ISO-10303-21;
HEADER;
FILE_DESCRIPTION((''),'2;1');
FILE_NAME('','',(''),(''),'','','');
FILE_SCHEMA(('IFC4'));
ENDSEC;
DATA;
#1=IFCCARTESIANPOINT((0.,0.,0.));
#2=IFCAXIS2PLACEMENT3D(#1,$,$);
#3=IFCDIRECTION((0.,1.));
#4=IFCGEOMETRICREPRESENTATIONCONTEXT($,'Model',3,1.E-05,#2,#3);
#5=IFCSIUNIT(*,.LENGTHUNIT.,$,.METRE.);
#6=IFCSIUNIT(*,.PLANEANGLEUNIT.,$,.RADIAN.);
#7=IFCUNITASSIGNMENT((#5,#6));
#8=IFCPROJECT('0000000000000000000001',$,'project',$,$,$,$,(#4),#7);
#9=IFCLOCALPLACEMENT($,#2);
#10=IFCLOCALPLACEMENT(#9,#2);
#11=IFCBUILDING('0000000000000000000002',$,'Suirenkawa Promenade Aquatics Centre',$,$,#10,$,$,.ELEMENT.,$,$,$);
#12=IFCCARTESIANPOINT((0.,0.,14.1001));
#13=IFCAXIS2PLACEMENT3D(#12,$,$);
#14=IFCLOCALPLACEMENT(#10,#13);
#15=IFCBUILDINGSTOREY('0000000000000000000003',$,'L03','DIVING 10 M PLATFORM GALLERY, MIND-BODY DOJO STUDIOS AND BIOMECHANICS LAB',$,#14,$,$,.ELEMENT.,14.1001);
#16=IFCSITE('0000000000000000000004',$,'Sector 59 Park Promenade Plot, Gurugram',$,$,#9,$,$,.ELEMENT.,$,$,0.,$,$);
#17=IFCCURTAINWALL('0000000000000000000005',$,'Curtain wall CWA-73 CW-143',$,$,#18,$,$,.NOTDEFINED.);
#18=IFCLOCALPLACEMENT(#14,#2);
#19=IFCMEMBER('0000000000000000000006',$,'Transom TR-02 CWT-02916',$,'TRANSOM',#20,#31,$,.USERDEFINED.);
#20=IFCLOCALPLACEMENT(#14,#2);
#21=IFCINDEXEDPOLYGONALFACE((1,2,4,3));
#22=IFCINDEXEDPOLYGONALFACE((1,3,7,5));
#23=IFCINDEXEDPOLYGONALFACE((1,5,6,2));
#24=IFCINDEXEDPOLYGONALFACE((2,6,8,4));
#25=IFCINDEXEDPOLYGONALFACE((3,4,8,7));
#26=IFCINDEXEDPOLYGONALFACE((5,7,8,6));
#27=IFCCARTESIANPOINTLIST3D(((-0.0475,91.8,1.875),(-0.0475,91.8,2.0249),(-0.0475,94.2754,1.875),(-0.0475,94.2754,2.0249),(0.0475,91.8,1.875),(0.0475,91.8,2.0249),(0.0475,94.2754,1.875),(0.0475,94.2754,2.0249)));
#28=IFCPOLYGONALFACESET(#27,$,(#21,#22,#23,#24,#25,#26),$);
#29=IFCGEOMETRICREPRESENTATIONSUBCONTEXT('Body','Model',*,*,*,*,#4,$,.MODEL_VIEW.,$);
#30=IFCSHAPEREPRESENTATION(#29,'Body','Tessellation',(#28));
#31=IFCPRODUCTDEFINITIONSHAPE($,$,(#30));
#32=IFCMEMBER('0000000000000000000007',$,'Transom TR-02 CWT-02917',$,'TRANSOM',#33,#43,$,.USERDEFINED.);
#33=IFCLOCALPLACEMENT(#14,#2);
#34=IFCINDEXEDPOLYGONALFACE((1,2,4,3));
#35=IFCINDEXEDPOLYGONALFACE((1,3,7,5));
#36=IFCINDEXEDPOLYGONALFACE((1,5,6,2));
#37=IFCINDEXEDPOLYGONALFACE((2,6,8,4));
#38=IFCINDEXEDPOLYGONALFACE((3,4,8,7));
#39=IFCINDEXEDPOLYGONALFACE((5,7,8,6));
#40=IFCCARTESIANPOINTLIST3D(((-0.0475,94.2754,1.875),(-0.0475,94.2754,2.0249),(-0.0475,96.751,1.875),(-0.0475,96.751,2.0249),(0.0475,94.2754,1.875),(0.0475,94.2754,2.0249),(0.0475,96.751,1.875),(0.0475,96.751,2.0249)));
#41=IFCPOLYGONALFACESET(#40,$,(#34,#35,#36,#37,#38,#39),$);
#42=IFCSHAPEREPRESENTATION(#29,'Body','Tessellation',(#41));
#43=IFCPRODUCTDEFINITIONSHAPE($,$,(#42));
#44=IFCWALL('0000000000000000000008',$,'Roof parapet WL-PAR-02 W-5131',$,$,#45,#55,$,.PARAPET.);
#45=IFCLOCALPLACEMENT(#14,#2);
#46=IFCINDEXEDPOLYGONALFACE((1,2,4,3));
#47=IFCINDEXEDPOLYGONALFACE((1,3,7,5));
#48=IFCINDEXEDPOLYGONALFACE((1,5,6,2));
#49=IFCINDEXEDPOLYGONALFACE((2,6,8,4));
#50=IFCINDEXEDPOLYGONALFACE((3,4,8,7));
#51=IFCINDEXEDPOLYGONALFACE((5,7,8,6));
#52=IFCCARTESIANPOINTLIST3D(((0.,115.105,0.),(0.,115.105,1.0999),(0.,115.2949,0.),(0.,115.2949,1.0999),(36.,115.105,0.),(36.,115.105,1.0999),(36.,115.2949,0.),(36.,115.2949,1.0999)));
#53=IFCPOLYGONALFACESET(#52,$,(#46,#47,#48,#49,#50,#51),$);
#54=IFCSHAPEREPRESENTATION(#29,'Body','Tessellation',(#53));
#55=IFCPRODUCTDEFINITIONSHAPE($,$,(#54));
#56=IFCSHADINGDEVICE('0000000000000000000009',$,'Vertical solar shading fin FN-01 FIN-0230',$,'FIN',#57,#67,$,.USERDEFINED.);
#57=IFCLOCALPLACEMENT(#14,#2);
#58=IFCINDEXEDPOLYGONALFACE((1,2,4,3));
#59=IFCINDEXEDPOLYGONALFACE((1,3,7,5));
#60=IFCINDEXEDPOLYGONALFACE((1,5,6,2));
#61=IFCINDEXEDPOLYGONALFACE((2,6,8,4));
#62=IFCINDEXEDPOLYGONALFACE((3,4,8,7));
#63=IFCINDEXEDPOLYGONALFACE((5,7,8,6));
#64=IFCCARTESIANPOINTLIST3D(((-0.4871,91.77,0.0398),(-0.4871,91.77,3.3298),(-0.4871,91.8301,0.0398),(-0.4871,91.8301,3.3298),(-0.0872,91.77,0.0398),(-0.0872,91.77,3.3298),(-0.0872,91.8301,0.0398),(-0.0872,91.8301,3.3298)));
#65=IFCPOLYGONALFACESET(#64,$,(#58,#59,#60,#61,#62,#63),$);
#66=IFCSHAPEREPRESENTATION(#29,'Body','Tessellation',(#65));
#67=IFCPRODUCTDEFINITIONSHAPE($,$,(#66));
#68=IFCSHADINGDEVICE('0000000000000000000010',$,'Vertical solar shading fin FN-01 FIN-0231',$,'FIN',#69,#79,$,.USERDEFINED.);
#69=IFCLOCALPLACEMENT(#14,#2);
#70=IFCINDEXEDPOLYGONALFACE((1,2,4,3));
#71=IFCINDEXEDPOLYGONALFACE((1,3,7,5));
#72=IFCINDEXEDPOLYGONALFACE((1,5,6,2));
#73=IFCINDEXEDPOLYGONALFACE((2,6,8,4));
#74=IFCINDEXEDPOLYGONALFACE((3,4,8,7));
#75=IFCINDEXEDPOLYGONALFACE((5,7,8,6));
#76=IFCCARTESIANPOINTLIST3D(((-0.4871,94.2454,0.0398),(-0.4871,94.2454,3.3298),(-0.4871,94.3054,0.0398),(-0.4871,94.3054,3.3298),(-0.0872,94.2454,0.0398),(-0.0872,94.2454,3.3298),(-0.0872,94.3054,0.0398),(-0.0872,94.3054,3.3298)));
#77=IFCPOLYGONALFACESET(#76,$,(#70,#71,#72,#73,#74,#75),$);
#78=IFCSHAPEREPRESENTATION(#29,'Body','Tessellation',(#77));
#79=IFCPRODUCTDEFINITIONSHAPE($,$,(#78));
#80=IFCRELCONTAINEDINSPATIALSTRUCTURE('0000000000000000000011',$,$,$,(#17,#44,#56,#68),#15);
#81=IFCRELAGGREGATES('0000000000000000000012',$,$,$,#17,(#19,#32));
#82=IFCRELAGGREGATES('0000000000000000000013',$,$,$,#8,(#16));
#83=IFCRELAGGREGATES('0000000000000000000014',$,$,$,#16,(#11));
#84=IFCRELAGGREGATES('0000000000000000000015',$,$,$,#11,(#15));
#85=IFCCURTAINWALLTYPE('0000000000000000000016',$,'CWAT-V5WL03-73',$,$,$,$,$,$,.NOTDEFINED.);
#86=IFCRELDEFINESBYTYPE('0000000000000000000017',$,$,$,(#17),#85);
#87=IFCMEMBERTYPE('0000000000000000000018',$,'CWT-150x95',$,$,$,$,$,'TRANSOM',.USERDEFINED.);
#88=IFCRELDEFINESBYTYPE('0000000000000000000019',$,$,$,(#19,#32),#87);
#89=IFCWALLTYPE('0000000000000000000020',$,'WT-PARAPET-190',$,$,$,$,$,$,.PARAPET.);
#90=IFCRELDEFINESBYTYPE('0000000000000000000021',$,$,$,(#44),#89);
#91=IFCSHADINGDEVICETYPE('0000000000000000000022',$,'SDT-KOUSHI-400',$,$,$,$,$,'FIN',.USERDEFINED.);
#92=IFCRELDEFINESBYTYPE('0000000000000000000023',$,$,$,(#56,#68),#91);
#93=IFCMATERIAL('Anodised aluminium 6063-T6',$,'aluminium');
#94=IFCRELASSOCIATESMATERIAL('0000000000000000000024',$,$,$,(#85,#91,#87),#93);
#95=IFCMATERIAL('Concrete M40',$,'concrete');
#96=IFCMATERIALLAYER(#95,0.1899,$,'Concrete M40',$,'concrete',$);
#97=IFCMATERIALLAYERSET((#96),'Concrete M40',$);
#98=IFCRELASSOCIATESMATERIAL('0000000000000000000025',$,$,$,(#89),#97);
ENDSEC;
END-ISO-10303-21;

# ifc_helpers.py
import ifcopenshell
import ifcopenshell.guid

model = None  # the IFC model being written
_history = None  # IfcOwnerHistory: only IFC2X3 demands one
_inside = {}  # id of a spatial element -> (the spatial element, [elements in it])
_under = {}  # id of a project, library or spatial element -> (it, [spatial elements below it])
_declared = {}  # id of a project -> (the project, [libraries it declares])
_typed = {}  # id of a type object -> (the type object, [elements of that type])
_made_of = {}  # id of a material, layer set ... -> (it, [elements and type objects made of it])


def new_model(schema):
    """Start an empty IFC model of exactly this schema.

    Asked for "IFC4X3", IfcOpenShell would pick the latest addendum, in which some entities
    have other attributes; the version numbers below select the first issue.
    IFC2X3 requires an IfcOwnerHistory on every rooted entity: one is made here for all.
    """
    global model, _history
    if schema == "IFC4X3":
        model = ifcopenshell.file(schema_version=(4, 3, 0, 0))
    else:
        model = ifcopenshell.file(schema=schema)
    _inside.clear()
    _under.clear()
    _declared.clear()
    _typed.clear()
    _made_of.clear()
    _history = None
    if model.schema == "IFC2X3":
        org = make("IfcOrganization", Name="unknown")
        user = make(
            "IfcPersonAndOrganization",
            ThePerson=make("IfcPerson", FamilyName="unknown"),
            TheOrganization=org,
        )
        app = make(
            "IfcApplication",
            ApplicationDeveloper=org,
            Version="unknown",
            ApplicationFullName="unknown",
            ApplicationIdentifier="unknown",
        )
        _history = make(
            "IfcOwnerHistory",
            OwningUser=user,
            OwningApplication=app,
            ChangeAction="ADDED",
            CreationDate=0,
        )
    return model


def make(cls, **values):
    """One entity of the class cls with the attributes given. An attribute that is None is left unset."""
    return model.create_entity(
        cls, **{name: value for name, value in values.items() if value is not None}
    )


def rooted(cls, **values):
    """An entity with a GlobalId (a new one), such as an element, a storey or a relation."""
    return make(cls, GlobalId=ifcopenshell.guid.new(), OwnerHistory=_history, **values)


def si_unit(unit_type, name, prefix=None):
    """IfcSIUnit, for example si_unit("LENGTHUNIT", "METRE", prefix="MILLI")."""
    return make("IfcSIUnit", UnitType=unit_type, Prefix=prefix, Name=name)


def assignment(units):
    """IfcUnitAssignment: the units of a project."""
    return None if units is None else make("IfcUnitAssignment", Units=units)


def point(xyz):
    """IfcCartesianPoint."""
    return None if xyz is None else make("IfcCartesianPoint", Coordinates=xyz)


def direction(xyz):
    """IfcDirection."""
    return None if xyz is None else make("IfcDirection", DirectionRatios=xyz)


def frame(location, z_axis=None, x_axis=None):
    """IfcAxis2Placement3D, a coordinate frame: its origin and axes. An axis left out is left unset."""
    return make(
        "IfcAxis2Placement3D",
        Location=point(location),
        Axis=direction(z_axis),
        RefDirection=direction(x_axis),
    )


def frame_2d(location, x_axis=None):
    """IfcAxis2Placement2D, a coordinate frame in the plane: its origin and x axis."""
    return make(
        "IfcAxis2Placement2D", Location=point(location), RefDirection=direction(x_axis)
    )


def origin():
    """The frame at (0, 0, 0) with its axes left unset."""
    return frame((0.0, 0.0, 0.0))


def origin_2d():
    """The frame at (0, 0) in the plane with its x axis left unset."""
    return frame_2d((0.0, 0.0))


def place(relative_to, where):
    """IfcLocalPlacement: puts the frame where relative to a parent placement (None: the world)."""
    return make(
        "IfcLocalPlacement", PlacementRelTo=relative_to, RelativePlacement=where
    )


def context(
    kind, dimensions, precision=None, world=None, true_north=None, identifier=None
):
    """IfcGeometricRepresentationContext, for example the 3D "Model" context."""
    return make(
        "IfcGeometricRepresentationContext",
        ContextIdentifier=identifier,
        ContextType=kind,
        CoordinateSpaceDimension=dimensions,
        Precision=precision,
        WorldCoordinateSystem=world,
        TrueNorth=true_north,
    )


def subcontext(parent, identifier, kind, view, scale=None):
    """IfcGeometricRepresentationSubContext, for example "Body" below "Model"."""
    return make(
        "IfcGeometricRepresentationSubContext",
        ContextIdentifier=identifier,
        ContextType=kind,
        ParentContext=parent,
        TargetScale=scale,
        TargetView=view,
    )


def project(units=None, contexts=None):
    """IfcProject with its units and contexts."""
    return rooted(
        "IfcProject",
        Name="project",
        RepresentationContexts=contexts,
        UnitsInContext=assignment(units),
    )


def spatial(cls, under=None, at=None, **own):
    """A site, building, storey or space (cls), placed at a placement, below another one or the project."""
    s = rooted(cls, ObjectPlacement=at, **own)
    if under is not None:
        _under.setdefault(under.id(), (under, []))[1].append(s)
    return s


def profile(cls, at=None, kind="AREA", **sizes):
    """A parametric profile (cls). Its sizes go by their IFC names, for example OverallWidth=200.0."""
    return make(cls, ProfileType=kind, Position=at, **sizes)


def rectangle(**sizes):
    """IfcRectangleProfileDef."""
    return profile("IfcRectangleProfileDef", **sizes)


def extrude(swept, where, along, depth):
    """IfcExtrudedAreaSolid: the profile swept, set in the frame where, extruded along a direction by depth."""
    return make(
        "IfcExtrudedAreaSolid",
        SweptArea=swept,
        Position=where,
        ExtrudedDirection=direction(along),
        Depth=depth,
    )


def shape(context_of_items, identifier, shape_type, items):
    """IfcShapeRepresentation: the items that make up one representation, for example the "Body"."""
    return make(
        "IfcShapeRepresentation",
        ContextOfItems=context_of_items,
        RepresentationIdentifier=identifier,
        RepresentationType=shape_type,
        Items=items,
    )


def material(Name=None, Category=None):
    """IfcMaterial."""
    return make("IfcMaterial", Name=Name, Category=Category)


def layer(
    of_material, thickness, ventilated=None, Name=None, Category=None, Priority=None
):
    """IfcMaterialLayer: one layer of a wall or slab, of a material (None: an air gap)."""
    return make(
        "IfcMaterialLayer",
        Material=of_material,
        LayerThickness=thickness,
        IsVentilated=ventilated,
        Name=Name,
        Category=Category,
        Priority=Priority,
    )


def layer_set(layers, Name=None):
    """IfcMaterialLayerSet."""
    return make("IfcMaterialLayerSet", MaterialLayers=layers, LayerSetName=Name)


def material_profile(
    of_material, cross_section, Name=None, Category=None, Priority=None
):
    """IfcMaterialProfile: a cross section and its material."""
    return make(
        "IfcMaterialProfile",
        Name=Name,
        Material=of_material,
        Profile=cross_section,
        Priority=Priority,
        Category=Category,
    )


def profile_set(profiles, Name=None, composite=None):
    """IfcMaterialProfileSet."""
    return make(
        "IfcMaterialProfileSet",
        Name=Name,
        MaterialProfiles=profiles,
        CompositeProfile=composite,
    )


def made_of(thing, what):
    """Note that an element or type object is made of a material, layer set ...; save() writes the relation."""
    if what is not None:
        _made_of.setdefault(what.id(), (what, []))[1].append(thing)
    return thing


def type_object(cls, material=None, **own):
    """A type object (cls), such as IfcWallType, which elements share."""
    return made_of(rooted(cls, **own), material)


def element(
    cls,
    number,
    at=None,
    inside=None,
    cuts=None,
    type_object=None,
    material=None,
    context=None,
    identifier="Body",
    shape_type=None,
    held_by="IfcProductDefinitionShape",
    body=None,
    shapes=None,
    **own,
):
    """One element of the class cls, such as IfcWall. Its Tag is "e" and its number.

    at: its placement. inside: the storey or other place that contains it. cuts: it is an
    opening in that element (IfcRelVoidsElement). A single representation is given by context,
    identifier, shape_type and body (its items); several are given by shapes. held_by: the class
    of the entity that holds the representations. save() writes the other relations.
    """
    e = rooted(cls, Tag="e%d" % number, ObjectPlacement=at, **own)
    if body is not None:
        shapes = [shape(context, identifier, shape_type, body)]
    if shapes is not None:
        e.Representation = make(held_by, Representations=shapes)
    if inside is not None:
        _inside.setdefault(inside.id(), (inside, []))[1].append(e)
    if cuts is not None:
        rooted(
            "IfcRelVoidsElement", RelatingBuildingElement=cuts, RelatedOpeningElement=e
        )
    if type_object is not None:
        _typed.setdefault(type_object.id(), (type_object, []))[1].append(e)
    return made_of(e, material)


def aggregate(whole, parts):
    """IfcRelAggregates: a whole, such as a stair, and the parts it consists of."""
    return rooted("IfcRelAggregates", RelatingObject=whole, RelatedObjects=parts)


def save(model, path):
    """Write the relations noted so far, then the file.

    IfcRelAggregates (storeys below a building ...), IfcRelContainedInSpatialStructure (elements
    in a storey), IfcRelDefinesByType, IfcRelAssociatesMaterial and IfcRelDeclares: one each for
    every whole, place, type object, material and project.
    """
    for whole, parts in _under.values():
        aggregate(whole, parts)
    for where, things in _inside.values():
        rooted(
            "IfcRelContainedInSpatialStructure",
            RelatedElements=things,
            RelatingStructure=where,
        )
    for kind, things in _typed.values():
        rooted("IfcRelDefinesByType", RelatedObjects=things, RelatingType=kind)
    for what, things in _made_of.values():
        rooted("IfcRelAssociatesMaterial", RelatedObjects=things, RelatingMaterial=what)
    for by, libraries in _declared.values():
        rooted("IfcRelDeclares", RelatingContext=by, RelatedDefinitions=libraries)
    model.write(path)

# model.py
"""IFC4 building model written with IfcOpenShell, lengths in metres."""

from ifc_helpers import new_model, si_unit, direction, frame, frame_2d, origin, origin_2d, place, context, subcontext, project, spatial, rectangle, extrude, material, layer, layer_set, material_profile, profile_set, type_object, element, aggregate, save


model = new_model("IFC4")

# Units and contexts
model_context = context("Model", 3, precision=1e-05, world=origin(), true_north=direction((0.0, 1.0)))
body_context = subcontext(model_context, "Body", "Model", "MODEL_VIEW")
ifc_project = project(units=[si_unit("LENGTHUNIT", "METRE"), si_unit("PLANEANGLEUNIT", "RADIAN")], contexts=[model_context])

# Site, building, storey
site_placement = place(None, origin())
site = spatial("IfcSite", under=ifc_project, at=site_placement, Name="Sector 59 Park Promenade Plot, Gurugram", CompositionType="ELEMENT", RefElevation=0.0)
building_placement = place(site_placement, origin())
building = spatial("IfcBuilding", under=site, at=building_placement, Name="Suirenkawa Promenade Aquatics Centre", CompositionType="ELEMENT")
storey_placement = place(building_placement, frame((0.0, 0.0, 14.1001)))
storey = spatial("IfcBuildingStorey", under=building, at=storey_placement, Name="L03", Description="DIVING 10 M PLATFORM GALLERY, MIND-BODY DOJO STUDIOS AND BIOMECHANICS LAB", CompositionType="ELEMENT", Elevation=14.1001)

# Shared definitions
ifc_material_1 = material(Name="Concrete M40", Category="concrete")

# Curtain wall, members
ifc_material_2 = material(Name="Anodised aluminium 6063-T6", Category="aluminium")
curtain_wall_type = type_object("IfcCurtainWallType", Name="CWAT-V5WL03-73", PredefinedType="NOTDEFINED", material=ifc_material_2)
curtain_wall_placement = place(storey_placement, origin())
curtain_wall = element("IfcCurtainWall", 1, at=curtain_wall_placement, inside=storey, type_object=curtain_wall_type, Name="Curtain wall CWA-73 CW-143", PredefinedType="NOTDEFINED")
ifc_material_profile_1 = material_profile(ifc_material_2, rectangle(XDim=0.095, YDim=0.1499, at=origin_2d()), Name="ALU TRAN 95x150", Category="aluminium")
ifc_profile_set_1 = profile_set([ifc_material_profile_1], Name="Anodised aluminium 6063-T6")
member_type_1 = type_object("IfcMemberType", Name="CWT-150x95", ElementType="TRANSOM", PredefinedType="USERDEFINED", material=ifc_profile_set_1)
member_1_placement = place(storey_placement, frame((0.0, 91.8, 1.95), z_axis=(0.0, 1.0, 0.0), x_axis=(-1.0, 0.0, 0.0)))
member_1 = element("IfcMember", 2, at=member_1_placement, type_object=member_type_1, Name="Transom TR-02 CWT-02916", ObjectType="TRANSOM", PredefinedType="USERDEFINED", context=body_context, shape_type="SweptSolid", body=[
    extrude(rectangle(XDim=0.095, YDim=0.1499, at=origin_2d()), origin(), (0.0, 0.0, 1.0), 2.4753),
])
member_2_placement = place(storey_placement, frame((0.0, 94.2754, 1.95), z_axis=(0.0, 1.0, 0.0), x_axis=(-1.0, 0.0, 0.0)))
member_2 = element("IfcMember", 3, at=member_2_placement, type_object=member_type_1, Name="Transom TR-02 CWT-02917", ObjectType="TRANSOM", PredefinedType="USERDEFINED", context=body_context, shape_type="SweptSolid", body=[
    extrude(rectangle(XDim=0.095, YDim=0.1499, at=origin_2d()), origin(), (0.0, 0.0, 1.0), 2.4756),
])
aggregate(curtain_wall, [member_1, member_2])

# Wall
ifc_layer_1 = layer(ifc_material_1, 0.1899, Name="Concrete M40", Category="concrete")
ifc_layer_set_1 = layer_set([ifc_layer_1], Name="Concrete M40")
wall_type = type_object("IfcWallType", Name="WT-PARAPET-190", PredefinedType="PARAPET", material=ifc_layer_set_1)
wall_placement = place(storey_placement, frame((0.0, 115.2, 0.0), z_axis=(0.0, 0.0, 1.0), x_axis=(1.0, 0.0, 0.0)))
element("IfcWall", 4, at=wall_placement, inside=storey, type_object=wall_type, Name="Roof parapet WL-PAR-02 W-5131", PredefinedType="PARAPET", context=body_context, shape_type="SweptSolid", body=[
    extrude(rectangle(XDim=36.0, YDim=0.1899, at=frame_2d((18.0, 0.0))), origin(), (0.0, 0.0, 1.0), 1.0999),
])

# Shading devices
shading_device_type = type_object("IfcShadingDeviceType", Name="SDT-KOUSHI-400", ElementType="FIN", PredefinedType="USERDEFINED", material=ifc_material_2)
for number, where, z_axis, x_axis, name in (
    (5, (-0.2871, 91.8, 0.0398), (0.0, 0.0, 1.0), (-1.0, 0.0, 0.0), "Vertical solar shading fin FN-01 FIN-0230"),
    (6, (-0.2871, 94.2754, 0.0398), (0.0, 0.0, 1.0), (-1.0, 0.0, 0.0), "Vertical solar shading fin FN-01 FIN-0231"),
):
    element("IfcShadingDevice", number, at=place(storey_placement, frame(where, z_axis=z_axis, x_axis=x_axis)), inside=storey, type_object=shading_device_type, Name=name, ObjectType="FIN", PredefinedType="USERDEFINED", context=body_context, shape_type="SweptSolid", body=[
        extrude(rectangle(XDim=0.3999, YDim=0.0601, at=origin_2d()), origin(), (0.0, 0.0, 1.0), 3.29),
    ])

save(model, "model.ifc")
